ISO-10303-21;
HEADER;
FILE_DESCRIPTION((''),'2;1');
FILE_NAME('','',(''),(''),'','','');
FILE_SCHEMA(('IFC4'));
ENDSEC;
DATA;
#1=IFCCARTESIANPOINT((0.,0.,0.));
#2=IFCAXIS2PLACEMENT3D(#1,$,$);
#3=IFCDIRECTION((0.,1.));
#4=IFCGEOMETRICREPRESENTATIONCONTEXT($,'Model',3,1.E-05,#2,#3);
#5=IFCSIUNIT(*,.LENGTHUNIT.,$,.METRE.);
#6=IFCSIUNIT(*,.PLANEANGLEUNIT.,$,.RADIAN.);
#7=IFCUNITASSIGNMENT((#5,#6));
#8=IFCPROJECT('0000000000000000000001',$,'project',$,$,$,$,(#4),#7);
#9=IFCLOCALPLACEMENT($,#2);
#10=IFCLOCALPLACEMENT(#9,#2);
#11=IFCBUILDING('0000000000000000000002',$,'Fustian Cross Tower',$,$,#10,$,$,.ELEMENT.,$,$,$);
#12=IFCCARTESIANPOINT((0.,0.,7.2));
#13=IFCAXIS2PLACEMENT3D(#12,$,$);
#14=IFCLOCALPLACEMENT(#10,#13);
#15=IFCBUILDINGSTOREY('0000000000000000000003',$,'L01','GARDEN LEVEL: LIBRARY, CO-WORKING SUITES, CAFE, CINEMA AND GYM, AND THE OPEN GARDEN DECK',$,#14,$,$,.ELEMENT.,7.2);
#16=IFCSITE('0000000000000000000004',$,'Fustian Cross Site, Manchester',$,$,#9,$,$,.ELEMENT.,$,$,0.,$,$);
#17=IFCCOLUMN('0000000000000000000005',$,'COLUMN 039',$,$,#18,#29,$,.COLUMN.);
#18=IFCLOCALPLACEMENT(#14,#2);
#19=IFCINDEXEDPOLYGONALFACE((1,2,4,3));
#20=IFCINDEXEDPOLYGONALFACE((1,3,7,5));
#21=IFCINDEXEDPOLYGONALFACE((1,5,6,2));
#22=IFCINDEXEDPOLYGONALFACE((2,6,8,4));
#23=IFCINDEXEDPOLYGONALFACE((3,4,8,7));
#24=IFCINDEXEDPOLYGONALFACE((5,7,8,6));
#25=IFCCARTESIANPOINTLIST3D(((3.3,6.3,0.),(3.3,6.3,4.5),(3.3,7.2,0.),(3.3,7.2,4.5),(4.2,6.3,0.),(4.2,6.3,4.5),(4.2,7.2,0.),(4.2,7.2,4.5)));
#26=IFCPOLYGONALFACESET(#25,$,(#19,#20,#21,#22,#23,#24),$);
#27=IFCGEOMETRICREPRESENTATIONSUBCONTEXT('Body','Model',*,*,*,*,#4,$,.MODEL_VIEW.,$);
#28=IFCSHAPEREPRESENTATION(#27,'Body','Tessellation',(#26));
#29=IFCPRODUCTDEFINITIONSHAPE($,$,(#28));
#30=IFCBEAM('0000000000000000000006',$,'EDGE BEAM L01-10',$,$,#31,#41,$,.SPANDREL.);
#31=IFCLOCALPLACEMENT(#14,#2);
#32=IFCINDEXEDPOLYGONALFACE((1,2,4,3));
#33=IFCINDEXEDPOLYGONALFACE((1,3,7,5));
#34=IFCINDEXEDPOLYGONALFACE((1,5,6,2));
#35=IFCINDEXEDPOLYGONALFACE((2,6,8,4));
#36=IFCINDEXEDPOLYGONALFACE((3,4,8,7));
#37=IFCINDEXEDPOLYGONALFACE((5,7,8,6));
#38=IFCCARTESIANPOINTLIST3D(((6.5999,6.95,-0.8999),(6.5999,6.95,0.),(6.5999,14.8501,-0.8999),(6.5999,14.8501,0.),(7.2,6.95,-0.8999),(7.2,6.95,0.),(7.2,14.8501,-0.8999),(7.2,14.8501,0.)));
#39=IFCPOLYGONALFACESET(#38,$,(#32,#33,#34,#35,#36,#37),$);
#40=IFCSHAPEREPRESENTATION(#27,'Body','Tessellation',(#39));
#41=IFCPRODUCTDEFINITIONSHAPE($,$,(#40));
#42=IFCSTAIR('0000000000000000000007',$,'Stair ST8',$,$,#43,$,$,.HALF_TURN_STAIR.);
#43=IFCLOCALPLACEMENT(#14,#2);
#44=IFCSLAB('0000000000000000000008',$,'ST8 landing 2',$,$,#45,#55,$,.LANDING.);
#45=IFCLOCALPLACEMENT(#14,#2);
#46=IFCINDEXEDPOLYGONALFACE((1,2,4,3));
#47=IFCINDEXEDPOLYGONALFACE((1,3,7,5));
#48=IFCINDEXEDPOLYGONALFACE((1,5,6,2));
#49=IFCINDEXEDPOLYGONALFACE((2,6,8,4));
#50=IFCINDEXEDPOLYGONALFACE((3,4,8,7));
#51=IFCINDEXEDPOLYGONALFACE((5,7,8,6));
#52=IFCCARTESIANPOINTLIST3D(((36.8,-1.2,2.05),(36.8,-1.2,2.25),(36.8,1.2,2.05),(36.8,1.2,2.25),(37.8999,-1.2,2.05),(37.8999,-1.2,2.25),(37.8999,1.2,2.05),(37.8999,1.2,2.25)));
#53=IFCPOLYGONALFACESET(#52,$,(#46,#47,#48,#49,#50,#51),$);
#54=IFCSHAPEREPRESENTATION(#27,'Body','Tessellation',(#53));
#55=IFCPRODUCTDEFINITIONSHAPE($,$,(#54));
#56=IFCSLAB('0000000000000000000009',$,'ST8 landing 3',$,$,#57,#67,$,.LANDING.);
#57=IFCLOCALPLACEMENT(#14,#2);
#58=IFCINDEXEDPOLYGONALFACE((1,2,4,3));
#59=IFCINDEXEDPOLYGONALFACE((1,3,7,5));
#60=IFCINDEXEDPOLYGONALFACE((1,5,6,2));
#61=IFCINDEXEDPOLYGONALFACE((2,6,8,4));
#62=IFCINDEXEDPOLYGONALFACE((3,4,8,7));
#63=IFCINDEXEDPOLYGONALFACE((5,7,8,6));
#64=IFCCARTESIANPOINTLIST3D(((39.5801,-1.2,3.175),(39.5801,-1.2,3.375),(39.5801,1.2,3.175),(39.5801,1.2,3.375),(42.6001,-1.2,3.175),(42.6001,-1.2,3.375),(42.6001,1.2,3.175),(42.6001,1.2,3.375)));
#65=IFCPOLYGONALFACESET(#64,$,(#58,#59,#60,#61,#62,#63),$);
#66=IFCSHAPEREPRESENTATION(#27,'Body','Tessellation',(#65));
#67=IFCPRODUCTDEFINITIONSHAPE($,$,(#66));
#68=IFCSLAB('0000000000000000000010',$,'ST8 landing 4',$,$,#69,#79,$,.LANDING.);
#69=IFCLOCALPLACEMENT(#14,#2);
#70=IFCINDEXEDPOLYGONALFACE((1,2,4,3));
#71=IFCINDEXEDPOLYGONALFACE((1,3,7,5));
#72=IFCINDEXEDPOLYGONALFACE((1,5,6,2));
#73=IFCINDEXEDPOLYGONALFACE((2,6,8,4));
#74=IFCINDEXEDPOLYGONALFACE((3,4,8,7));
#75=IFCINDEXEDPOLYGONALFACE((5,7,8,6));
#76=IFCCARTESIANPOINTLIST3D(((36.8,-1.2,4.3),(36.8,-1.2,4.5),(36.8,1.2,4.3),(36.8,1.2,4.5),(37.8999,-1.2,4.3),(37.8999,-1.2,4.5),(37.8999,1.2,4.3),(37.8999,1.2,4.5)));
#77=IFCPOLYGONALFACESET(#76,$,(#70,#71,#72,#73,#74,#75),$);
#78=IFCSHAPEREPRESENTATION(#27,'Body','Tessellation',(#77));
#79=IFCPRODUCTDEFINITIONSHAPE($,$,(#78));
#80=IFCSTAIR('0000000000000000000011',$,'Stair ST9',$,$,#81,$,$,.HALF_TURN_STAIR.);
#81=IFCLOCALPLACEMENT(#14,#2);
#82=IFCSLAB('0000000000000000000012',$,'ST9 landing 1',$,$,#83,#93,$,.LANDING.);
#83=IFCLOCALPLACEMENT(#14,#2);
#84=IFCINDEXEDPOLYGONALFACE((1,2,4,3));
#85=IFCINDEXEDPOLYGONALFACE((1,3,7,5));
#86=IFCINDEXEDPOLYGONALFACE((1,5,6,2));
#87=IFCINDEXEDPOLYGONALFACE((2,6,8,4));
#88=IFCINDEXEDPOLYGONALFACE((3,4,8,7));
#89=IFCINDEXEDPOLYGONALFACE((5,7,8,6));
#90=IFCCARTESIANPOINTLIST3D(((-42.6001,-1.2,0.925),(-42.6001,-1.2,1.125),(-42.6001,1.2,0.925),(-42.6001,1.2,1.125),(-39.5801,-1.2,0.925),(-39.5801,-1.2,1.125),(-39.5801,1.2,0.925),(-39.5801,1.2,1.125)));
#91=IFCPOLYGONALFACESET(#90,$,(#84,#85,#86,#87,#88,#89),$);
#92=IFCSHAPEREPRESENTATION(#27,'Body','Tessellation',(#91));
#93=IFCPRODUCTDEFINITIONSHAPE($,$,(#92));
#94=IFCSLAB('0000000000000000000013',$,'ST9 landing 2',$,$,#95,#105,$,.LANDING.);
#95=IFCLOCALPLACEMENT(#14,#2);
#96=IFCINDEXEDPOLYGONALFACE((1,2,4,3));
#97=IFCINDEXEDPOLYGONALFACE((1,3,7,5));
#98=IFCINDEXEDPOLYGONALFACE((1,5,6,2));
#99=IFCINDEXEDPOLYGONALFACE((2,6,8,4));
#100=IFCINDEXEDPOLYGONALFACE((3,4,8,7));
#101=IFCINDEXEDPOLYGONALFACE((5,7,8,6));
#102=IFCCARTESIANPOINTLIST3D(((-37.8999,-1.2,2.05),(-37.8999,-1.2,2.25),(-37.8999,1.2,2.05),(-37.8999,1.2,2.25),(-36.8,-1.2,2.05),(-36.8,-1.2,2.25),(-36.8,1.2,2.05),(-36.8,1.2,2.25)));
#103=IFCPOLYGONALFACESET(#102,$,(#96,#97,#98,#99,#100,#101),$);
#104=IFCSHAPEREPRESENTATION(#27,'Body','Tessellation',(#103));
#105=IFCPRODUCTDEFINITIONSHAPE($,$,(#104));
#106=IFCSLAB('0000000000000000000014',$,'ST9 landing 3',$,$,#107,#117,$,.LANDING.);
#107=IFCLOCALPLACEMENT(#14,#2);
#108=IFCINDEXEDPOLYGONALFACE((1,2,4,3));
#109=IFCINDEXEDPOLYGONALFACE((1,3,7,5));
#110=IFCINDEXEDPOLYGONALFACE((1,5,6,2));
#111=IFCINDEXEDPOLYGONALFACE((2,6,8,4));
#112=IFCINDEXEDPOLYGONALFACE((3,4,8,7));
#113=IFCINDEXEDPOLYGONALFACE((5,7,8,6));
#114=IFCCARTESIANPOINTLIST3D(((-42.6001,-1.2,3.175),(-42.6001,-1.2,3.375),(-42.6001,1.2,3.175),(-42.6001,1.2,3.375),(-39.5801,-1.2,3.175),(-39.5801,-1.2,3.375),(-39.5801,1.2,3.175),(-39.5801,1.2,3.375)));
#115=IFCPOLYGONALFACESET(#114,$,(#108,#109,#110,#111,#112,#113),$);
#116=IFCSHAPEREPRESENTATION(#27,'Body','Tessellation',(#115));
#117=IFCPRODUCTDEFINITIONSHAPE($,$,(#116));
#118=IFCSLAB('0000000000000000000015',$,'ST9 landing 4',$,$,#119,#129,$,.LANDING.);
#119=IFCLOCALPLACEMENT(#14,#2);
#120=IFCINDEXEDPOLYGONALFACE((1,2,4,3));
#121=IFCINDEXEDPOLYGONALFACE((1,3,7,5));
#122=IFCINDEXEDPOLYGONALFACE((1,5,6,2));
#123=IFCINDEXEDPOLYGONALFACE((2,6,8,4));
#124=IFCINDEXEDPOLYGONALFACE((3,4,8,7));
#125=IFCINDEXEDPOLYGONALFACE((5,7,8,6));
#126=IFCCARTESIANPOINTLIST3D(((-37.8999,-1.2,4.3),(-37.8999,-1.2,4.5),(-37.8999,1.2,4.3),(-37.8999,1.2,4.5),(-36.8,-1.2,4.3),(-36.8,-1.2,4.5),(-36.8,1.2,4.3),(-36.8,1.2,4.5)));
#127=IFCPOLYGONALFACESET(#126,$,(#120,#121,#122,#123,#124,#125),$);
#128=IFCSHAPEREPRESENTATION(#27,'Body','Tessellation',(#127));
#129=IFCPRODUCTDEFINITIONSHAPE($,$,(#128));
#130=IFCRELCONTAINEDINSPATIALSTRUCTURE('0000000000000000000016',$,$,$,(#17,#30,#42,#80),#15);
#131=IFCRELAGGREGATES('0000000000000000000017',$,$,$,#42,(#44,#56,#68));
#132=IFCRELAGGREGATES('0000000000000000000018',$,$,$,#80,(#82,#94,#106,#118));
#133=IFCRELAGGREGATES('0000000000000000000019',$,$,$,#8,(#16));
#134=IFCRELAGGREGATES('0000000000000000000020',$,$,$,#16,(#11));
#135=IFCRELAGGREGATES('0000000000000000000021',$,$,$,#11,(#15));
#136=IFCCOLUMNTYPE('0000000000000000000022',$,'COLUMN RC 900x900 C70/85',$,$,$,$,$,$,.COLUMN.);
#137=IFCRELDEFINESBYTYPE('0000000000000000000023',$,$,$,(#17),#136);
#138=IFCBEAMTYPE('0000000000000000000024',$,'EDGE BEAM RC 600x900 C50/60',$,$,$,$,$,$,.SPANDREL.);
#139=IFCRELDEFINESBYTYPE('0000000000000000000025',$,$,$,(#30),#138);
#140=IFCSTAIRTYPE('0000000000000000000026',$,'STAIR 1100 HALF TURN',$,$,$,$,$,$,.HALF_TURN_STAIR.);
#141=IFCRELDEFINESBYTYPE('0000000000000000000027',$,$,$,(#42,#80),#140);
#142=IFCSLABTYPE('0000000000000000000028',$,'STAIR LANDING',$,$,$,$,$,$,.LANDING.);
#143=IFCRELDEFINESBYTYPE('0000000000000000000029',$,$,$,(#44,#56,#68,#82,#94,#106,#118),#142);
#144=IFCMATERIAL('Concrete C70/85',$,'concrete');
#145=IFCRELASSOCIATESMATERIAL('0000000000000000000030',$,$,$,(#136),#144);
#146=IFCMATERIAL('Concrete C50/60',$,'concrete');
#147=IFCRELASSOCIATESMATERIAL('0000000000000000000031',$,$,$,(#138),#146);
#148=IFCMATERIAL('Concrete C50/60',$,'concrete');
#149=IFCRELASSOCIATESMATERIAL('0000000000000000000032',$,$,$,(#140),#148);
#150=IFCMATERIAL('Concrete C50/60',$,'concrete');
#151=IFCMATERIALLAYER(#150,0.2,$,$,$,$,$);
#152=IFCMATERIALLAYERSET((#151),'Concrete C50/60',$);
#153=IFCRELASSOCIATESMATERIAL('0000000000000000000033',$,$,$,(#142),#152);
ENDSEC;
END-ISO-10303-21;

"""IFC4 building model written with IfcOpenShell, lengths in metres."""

from ifc_helpers import new_model, si_unit, direction, frame, origin, origin_2d, place, context, subcontext, project, spatial, polyline, rectangle, outline, extrude, material, layer, layer_set, material_profile, profile_set, type_object, element, aggregate, save


model = new_model("IFC4")

# Units and contexts
model_context = context("Model", 3, precision=1e-05, world=origin(), true_north=direction((0.0, 1.0)))
body_context = subcontext(model_context, "Body", "Model", "MODEL_VIEW")
ifc_project = project(units=[si_unit("LENGTHUNIT", "METRE"), si_unit("PLANEANGLEUNIT", "RADIAN")], contexts=[model_context])

# Site, building, storey
site_placement = place(None, origin())
site = spatial("IfcSite", under=ifc_project, at=site_placement, Name="Fustian Cross Site, Manchester", CompositionType="ELEMENT", RefElevation=0.0)
building_placement = place(site_placement, origin())
building = spatial("IfcBuilding", under=site, at=building_placement, Name="Fustian Cross Tower", CompositionType="ELEMENT")
storey_placement = place(building_placement, frame((0.0, 0.0, 7.2)))
storey = spatial("IfcBuildingStorey", under=building, at=storey_placement, Name="L01", Description="GARDEN LEVEL: LIBRARY, CO-WORKING SUITES, CAFE, CINEMA AND GYM, AND THE OPEN GARDEN DECK", CompositionType="ELEMENT", Elevation=7.2)

# Column
ifc_material_1 = material(Name="Concrete C70/85", Category="concrete")
ifc_material_profile_1 = material_profile(ifc_material_1, rectangle(XDim=0.8999, YDim=0.8999, at=origin_2d()), Name="RC 900x900")
ifc_profile_set_1 = profile_set([ifc_material_profile_1], Name="Concrete C70/85")
column_type = type_object("IfcColumnType", Name="COLUMN RC 900x900 C70/85", PredefinedType="COLUMN", material=ifc_profile_set_1)
column_placement = place(storey_placement, frame((3.75, 6.75, 0.0), z_axis=(0.0, 0.0, 1.0), x_axis=(1.0, 0.0, 0.0)))
element("IfcColumn", 1, at=column_placement, inside=storey, type_object=column_type, Name="COLUMN 039", PredefinedType="COLUMN", context=body_context, shape_type="SweptSolid", body=[
    extrude(rectangle(XDim=0.8999, YDim=0.8999, at=origin_2d()), origin(), (0.0, 0.0, 1.0), 4.5),
])

# Beam
ifc_material_2 = material(Name="Concrete C50/60", Category="concrete")
ifc_material_profile_2 = material_profile(ifc_material_2, rectangle(XDim=0.6001, YDim=0.8999, at=origin_2d()), Name="RC 600x900")
ifc_profile_set_2 = profile_set([ifc_material_profile_2], Name="Concrete C50/60")
beam_type = type_object("IfcBeamType", Name="EDGE BEAM RC 600x900 C50/60", PredefinedType="SPANDREL", material=ifc_profile_set_2)
beam_placement = place(storey_placement, frame((6.8999, 6.95, -0.45), z_axis=(0.0, 1.0, 0.0), x_axis=(-1.0, 0.0, 0.0)))
element("IfcBeam", 2, at=beam_placement, inside=storey, type_object=beam_type, Name="EDGE BEAM L01-10", PredefinedType="SPANDREL", context=body_context, shape_type="SweptSolid", body=[
    extrude(rectangle(XDim=0.6001, YDim=0.8999, at=origin_2d()), origin(), (0.0, 0.0, 1.0), 7.9001),
])

# Stairs, slabs
ifc_material_3 = material(Name="Concrete C50/60", Category="concrete")
stair_type = type_object("IfcStairType", Name="STAIR 1100 HALF TURN", PredefinedType="HALF_TURN_STAIR", material=ifc_material_3)
stair_1_placement = place(storey_placement, origin())
stair_1 = element("IfcStair", 3, at=stair_1_placement, inside=storey, type_object=stair_type, Name="Stair ST8", PredefinedType="HALF_TURN_STAIR")
ifc_material_4 = material(Name="Concrete C50/60", Category="concrete")
ifc_layer_1 = layer(ifc_material_4, 0.2)
ifc_layer_set_1 = layer_set([ifc_layer_1], Name="Concrete C50/60")
slab_type = type_object("IfcSlabType", Name="STAIR LANDING", PredefinedType="LANDING", material=ifc_layer_set_1)
slab_1_placement = place(storey_placement, frame((0.0, 0.0, 2.05)))
slab_1 = element("IfcSlab", 4, at=slab_1_placement, type_object=slab_type, Name="ST8 landing 2", PredefinedType="LANDING", context=body_context, shape_type="SweptSolid", body=[
    extrude(outline(polyline([(36.8, -1.2), (37.8999, -1.2), (37.8999, 1.2), (36.8, 1.2), (36.8, -1.2)])), origin(), (0.0, 0.0, 1.0), 0.2),
])
slab_2_placement = place(storey_placement, frame((0.0, 0.0, 3.175)))
slab_2 = element("IfcSlab", 5, at=slab_2_placement, type_object=slab_type, Name="ST8 landing 3", PredefinedType="LANDING", context=body_context, shape_type="SweptSolid", body=[
    extrude(outline(polyline([(39.5801, -1.2), (42.6001, -1.2), (42.6001, 1.2), (39.5801, 1.2), (39.5801, -1.2)])), origin(), (0.0, 0.0, 1.0), 0.2),
])
slab_3_placement = place(storey_placement, frame((0.0, 0.0, 4.3)))
slab_3 = element("IfcSlab", 6, at=slab_3_placement, type_object=slab_type, Name="ST8 landing 4", PredefinedType="LANDING", context=body_context, shape_type="SweptSolid", body=[
    extrude(outline(polyline([(36.8, -1.2), (37.8999, -1.2), (37.8999, 1.2), (36.8, 1.2), (36.8, -1.2)])), origin(), (0.0, 0.0, 1.0), 0.2),
])
aggregate(stair_1, [slab_1, slab_2, slab_3])
stair_2_placement = place(storey_placement, origin())
stair_2 = element("IfcStair", 7, at=stair_2_placement, inside=storey, type_object=stair_type, Name="Stair ST9", PredefinedType="HALF_TURN_STAIR")
slab_4_placement = place(storey_placement, frame((0.0, 0.0, 0.925)))
slab_4 = element("IfcSlab", 8, at=slab_4_placement, type_object=slab_type, Name="ST9 landing 1", PredefinedType="LANDING", context=body_context, shape_type="SweptSolid", body=[
    extrude(outline(polyline([(-39.5801, -1.2), (-42.6001, -1.2), (-42.6001, 1.2), (-39.5801, 1.2), (-39.5801, -1.2)])), origin(), (0.0, 0.0, 1.0), 0.2),
])
slab_5_placement = place(storey_placement, frame((0.0, 0.0, 2.05)))
slab_5 = element("IfcSlab", 9, at=slab_5_placement, type_object=slab_type, Name="ST9 landing 2", PredefinedType="LANDING", context=body_context, shape_type="SweptSolid", body=[
    extrude(outline(polyline([(-36.8, -1.2), (-37.8999, -1.2), (-37.8999, 1.2), (-36.8, 1.2), (-36.8, -1.2)])), origin(), (0.0, 0.0, 1.0), 0.2),
])
slab_6_placement = place(storey_placement, frame((0.0, 0.0, 3.175)))
slab_6 = element("IfcSlab", 10, at=slab_6_placement, type_object=slab_type, Name="ST9 landing 3", PredefinedType="LANDING", context=body_context, shape_type="SweptSolid", body=[
    extrude(outline(polyline([(-39.5801, -1.2), (-42.6001, -1.2), (-42.6001, 1.2), (-39.5801, 1.2), (-39.5801, -1.2)])), origin(), (0.0, 0.0, 1.0), 0.2),
])
slab_7_placement = place(storey_placement, frame((0.0, 0.0, 4.3)))
slab_7 = element("IfcSlab", 11, at=slab_7_placement, type_object=slab_type, Name="ST9 landing 4", PredefinedType="LANDING", context=body_context, shape_type="SweptSolid", body=[
    extrude(outline(polyline([(-36.8, -1.2), (-37.8999, -1.2), (-37.8999, 1.2), (-36.8, 1.2), (-36.8, -1.2)])), origin(), (0.0, 0.0, 1.0), 0.2),
])
aggregate(stair_2, [slab_4, slab_5, slab_6, slab_7])

save(model, "model.ifc")
